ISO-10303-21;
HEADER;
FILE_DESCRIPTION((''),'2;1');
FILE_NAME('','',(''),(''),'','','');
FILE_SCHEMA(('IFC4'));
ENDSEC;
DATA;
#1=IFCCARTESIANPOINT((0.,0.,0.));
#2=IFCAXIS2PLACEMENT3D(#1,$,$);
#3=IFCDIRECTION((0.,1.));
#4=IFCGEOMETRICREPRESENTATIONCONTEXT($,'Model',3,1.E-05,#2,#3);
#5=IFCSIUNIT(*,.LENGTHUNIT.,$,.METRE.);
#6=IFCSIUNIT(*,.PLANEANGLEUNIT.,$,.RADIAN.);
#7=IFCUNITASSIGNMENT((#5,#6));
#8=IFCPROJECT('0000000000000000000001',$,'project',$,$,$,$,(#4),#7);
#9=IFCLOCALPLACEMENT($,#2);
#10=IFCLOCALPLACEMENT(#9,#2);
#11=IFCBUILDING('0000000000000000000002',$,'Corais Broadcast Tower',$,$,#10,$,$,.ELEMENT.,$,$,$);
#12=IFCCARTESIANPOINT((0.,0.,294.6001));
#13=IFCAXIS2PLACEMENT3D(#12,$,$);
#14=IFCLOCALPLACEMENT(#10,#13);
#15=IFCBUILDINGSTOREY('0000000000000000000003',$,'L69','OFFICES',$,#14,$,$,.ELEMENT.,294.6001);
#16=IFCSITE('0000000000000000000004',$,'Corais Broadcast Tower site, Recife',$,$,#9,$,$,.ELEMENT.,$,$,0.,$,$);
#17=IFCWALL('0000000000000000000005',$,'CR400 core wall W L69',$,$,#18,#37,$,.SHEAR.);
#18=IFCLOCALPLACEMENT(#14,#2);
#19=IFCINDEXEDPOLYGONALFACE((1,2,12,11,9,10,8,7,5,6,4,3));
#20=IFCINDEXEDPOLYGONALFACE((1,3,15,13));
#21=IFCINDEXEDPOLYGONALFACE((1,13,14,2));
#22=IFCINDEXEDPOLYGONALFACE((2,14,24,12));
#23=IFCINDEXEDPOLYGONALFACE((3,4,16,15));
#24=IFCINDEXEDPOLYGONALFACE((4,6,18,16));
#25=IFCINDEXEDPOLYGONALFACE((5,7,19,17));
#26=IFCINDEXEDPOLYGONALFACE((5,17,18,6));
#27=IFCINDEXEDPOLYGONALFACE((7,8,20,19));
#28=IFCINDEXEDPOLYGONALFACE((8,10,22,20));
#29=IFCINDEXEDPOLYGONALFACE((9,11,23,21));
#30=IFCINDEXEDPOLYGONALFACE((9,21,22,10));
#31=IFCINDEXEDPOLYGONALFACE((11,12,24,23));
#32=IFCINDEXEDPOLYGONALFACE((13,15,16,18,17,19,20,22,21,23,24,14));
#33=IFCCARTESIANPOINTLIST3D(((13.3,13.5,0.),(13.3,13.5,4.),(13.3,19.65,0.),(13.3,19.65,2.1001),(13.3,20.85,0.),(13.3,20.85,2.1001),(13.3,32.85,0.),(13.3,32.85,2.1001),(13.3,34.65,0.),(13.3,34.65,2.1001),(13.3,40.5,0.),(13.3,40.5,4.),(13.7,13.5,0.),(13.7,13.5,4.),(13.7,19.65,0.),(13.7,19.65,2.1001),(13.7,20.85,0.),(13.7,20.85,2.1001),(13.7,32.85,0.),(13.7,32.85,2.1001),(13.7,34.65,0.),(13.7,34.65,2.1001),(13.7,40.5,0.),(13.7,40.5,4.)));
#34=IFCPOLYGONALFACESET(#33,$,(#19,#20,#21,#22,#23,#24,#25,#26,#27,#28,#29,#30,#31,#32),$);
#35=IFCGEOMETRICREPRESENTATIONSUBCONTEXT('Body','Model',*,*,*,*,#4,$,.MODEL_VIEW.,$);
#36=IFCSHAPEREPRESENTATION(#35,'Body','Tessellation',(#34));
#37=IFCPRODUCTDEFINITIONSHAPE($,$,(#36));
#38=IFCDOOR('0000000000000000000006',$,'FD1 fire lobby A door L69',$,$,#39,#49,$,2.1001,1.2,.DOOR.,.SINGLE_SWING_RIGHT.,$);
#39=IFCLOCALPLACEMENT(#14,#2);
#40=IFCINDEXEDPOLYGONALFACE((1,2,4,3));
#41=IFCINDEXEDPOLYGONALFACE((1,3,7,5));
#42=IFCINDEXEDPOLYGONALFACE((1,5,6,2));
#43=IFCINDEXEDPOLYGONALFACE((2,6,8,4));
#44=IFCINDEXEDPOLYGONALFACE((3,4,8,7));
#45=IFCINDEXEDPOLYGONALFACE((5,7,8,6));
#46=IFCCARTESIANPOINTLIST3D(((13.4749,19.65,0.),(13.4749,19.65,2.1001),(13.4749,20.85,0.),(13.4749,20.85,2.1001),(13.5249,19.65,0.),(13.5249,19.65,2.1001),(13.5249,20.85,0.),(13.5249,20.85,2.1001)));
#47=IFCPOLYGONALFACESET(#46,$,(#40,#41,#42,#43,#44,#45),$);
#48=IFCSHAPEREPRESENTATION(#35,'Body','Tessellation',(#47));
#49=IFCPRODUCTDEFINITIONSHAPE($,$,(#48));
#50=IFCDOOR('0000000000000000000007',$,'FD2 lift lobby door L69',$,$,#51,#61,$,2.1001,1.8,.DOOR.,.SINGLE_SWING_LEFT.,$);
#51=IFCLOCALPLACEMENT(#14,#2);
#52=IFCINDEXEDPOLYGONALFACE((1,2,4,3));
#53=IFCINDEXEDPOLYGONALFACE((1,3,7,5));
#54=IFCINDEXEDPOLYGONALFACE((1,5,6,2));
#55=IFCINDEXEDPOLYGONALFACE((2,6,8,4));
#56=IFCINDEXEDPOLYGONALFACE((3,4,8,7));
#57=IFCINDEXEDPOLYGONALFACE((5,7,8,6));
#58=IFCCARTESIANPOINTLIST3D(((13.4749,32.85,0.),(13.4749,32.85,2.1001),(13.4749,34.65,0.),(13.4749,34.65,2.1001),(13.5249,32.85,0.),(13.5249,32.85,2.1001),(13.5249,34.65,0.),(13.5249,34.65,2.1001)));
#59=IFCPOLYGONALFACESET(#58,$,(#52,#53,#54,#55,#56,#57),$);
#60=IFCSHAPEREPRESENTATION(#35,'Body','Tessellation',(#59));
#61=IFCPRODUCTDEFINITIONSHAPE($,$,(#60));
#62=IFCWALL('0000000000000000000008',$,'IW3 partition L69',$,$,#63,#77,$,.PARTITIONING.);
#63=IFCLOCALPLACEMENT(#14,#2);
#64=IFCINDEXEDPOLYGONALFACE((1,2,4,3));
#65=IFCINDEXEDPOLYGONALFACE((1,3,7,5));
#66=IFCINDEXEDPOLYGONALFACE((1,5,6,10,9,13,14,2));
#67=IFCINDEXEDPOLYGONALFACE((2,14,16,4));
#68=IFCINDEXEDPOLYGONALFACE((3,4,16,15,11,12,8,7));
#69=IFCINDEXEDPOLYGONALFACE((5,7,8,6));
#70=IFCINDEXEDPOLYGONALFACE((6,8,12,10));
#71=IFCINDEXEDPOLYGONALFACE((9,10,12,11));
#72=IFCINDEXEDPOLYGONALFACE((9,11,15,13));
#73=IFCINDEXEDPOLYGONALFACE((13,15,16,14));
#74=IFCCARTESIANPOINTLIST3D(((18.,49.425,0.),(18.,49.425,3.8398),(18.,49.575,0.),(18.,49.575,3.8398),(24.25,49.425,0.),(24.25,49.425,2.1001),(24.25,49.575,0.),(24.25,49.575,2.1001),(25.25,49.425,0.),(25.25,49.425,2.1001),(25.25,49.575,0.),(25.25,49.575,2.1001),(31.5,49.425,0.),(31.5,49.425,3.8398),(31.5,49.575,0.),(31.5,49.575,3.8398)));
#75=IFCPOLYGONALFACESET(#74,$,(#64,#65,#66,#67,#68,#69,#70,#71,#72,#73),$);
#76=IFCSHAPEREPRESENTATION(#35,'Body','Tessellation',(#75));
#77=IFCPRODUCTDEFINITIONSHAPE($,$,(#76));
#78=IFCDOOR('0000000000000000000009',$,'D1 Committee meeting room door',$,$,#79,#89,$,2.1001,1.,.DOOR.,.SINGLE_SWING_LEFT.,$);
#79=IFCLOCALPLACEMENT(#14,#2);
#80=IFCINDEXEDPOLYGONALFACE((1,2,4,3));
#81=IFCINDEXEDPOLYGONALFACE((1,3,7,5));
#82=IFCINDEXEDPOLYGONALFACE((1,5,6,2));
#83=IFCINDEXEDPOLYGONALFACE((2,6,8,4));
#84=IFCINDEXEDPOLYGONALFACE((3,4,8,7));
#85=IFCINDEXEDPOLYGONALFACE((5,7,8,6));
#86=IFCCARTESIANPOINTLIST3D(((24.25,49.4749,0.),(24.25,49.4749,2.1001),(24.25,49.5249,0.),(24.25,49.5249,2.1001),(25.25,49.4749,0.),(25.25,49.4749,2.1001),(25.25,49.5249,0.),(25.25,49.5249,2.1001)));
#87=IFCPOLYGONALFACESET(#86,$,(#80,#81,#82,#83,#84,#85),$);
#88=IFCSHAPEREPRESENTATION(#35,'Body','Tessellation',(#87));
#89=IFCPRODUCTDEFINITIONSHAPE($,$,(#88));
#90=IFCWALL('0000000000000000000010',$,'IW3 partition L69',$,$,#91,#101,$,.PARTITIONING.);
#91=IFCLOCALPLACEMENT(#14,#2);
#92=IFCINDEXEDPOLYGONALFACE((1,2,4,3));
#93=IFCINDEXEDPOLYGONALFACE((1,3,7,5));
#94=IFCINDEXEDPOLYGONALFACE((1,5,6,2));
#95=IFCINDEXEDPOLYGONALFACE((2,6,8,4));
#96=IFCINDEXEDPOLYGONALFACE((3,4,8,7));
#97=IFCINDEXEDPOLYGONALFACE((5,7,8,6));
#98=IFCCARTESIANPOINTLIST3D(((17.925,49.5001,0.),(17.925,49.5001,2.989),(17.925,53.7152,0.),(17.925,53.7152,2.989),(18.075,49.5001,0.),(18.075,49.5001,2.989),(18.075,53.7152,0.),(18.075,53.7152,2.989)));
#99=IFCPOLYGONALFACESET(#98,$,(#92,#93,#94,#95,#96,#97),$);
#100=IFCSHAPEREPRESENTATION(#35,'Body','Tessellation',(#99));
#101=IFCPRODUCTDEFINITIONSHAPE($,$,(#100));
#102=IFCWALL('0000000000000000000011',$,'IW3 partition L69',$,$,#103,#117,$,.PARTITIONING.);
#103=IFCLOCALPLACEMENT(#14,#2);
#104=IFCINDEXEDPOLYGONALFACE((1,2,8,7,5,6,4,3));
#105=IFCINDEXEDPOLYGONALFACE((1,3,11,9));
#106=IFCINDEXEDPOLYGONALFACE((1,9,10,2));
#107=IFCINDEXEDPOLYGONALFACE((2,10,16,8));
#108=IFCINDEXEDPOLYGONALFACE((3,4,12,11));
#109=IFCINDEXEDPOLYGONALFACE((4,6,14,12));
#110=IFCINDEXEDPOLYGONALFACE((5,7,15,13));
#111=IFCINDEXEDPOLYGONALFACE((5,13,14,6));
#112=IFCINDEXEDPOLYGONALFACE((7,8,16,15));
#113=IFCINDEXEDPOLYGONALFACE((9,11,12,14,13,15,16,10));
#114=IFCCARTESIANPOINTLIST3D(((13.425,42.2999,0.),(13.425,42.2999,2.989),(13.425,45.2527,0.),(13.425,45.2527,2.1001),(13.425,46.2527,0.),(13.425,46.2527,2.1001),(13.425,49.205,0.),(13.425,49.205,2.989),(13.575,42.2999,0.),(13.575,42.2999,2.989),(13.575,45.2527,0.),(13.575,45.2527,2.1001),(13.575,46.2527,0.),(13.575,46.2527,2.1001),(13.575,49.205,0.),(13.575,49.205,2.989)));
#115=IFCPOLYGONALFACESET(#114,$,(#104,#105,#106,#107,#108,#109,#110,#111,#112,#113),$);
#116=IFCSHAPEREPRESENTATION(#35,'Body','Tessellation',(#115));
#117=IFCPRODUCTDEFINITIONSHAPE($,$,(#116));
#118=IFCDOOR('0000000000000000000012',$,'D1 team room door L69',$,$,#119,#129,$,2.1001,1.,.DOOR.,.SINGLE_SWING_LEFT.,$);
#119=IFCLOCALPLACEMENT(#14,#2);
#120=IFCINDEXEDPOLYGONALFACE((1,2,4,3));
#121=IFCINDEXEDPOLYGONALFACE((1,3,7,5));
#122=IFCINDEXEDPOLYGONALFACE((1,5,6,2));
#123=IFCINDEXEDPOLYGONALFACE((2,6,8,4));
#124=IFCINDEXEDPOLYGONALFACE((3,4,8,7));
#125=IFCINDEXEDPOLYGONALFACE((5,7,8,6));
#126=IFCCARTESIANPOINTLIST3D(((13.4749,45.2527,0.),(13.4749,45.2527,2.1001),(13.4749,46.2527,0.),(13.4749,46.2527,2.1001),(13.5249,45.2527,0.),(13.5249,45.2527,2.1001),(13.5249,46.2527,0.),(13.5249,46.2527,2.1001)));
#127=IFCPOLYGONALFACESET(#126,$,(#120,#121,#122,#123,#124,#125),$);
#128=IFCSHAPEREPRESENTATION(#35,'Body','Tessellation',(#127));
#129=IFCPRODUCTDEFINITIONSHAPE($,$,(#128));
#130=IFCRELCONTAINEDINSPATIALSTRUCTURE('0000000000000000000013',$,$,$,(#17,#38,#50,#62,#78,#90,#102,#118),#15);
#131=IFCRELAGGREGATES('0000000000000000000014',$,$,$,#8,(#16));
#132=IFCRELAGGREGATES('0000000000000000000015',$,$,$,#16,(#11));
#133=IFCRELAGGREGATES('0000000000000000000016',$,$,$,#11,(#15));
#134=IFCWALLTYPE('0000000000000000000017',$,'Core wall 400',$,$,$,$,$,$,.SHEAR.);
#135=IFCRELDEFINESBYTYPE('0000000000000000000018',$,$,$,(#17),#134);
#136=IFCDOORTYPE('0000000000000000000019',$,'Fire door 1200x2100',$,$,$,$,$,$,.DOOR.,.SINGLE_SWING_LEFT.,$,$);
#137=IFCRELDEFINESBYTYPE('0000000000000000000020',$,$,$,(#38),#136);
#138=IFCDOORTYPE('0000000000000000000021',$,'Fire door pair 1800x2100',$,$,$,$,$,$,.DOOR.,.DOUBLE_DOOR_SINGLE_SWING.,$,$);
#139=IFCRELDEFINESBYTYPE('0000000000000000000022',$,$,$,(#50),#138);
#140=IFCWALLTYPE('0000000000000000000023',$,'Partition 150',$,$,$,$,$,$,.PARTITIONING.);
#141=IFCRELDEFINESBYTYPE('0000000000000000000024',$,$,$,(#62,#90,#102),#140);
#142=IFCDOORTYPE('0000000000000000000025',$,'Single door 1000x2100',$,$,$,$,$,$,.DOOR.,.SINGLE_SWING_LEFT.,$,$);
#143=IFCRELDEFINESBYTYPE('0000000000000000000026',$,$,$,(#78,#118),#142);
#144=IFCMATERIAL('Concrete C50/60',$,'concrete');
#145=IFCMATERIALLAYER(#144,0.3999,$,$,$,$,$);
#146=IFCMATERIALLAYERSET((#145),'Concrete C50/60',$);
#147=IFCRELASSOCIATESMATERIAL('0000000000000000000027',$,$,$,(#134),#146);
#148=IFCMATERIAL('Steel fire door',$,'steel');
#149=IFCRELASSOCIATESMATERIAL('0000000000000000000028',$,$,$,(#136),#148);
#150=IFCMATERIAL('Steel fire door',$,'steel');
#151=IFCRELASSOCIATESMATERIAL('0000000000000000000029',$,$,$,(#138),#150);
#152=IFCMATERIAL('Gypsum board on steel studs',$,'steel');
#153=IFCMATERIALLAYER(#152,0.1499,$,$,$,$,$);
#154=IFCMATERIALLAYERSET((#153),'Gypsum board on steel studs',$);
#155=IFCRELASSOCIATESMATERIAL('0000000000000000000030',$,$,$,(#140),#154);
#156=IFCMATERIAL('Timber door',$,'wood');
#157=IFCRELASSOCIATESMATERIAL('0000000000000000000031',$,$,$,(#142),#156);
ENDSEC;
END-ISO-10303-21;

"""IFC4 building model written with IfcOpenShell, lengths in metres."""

from ifc_helpers import new_model, si_unit, direction, frame, frame_2d, origin, place, context, subcontext, project, spatial, rectangle, extrude, material, layer, layer_set, type_object, element, fill, save


model = new_model("IFC4")

# Units and contexts
model_context = context("Model", 3, precision=1e-05, world=origin(), true_north=direction((0.0, 1.0)))
body_context = subcontext(model_context, "Body", "Model", "MODEL_VIEW")
ifc_project = project(units=[si_unit("LENGTHUNIT", "METRE"), si_unit("PLANEANGLEUNIT", "RADIAN")], contexts=[model_context])

# Site, building, storey
site_placement = place(None, origin())
site = spatial("IfcSite", under=ifc_project, at=site_placement, Name="Corais Broadcast Tower site, Recife", CompositionType="ELEMENT", RefElevation=0.0)
building_placement = place(site_placement, origin())
building = spatial("IfcBuilding", under=site, at=building_placement, Name="Corais Broadcast Tower", CompositionType="ELEMENT")
storey_placement = place(building_placement, frame((0.0, 0.0, 294.6001)))
storey = spatial("IfcBuildingStorey", under=building, at=storey_placement, Name="L69", Description="OFFICES", CompositionType="ELEMENT", Elevation=294.6001)

# Wall, openings, doors
ifc_material_1 = material(Name="Concrete C50/60", Category="concrete")
ifc_layer_1 = layer(ifc_material_1, 0.3999)
ifc_layer_set_1 = layer_set([ifc_layer_1], Name="Concrete C50/60")
wall_type_1 = type_object("IfcWallType", Name="Core wall 400", PredefinedType="SHEAR", material=ifc_layer_set_1)
wall_1_placement = place(storey_placement, frame((13.5, 40.5, 0.0), z_axis=(0.0, 0.0, 1.0), x_axis=(0.0, -1.0, 0.0)))
wall_1 = element("IfcWall", 1, at=wall_1_placement, inside=storey, type_object=wall_type_1, Name="CR400 core wall W L69", PredefinedType="SHEAR", context=body_context, shape_type="SweptSolid", body=[
    extrude(rectangle(XDim=27.0, YDim=0.3999, at=frame_2d((13.5, 0.0))), origin(), (0.0, 0.0, 1.0), 4.0),
])
opening_1_placement = place(wall_1_placement, frame((19.6499, 0.0, 0.0)))
opening_1 = element("IfcOpeningElement", 2, at=opening_1_placement, cuts=wall_1, PredefinedType="OPENING", context=body_context, shape_type="SweptSolid", body=[
    extrude(rectangle(XDim=1.2, YDim=2.1001, at=frame_2d((0.6001, 1.05))), frame((0.0, 0.21, 0.0), z_axis=(0.0, -1.0, 0.0), x_axis=(1.0, 0.0, 0.0)), (0.0, 0.0, 1.0), 0.4199),
])
opening_2_placement = place(wall_1_placement, frame((5.8501, 0.0, 0.0)))
opening_2 = element("IfcOpeningElement", 3, at=opening_2_placement, cuts=wall_1, PredefinedType="OPENING", context=body_context, shape_type="SweptSolid", body=[
    extrude(rectangle(XDim=1.8, YDim=2.1001, at=frame_2d((0.8999, 1.05))), frame((0.0, 0.21, 0.0), z_axis=(0.0, -1.0, 0.0), x_axis=(1.0, 0.0, 0.0)), (0.0, 0.0, 1.0), 0.4199),
])
ifc_material_2 = material(Name="Steel fire door", Category="steel")
door_type_1 = type_object("IfcDoorType", Name="Fire door 1200x2100", OperationType="SINGLE_SWING_LEFT", PredefinedType="DOOR", material=ifc_material_2)
door_1_placement = place(opening_1_placement, origin())
door_1 = element("IfcDoor", 4, at=door_1_placement, inside=storey, type_object=door_type_1, Name="FD1 fire lobby A door L69", OperationType="SINGLE_SWING_RIGHT", OverallHeight=2.1001, OverallWidth=1.2, PredefinedType="DOOR", context=body_context, shape_type="SweptSolid", body=[
    extrude(rectangle(XDim=1.2, YDim=2.1001, at=frame_2d((0.6001, 1.05))), frame((0.0, 0.0249, 0.0), z_axis=(0.0, -1.0, 0.0), x_axis=(1.0, 0.0, 0.0)), (0.0, 0.0, 1.0), 0.05),
])
fill(opening_1, door_1)
ifc_material_3 = material(Name="Steel fire door", Category="steel")
door_type_2 = type_object("IfcDoorType", Name="Fire door pair 1800x2100", OperationType="DOUBLE_DOOR_SINGLE_SWING", PredefinedType="DOOR", material=ifc_material_3)
door_2_placement = place(opening_2_placement, origin())
door_2 = element("IfcDoor", 5, at=door_2_placement, inside=storey, type_object=door_type_2, Name="FD2 lift lobby door L69", OperationType="SINGLE_SWING_LEFT", OverallHeight=2.1001, OverallWidth=1.8, PredefinedType="DOOR", context=body_context, shape_type="SweptSolid", body=[
    extrude(rectangle(XDim=1.8, YDim=2.1001, at=frame_2d((0.8999, 1.05))), frame((0.0, 0.0249, 0.0), z_axis=(0.0, -1.0, 0.0), x_axis=(1.0, 0.0, 0.0)), (0.0, 0.0, 1.0), 0.05),
])
fill(opening_2, door_2)

# Wall, opening, door
ifc_material_4 = material(Name="Gypsum board on steel studs", Category="steel")
ifc_layer_2 = layer(ifc_material_4, 0.1499)
ifc_layer_set_2 = layer_set([ifc_layer_2], Name="Gypsum board on steel studs")
wall_type_2 = type_object("IfcWallType", Name="Partition 150", PredefinedType="PARTITIONING", material=ifc_layer_set_2)
wall_2_placement = place(storey_placement, frame((18.0, 49.5, 0.0), z_axis=(0.0, 0.0, 1.0), x_axis=(1.0, 0.0, 0.0)))
wall_2 = element("IfcWall", 6, at=wall_2_placement, inside=storey, type_object=wall_type_2, Name="IW3 partition L69", PredefinedType="PARTITIONING", context=body_context, shape_type="SweptSolid", body=[
    extrude(rectangle(XDim=13.5, YDim=0.1499, at=frame_2d((6.75, 0.0))), origin(), (0.0, 0.0, 1.0), 3.8398),
])
opening_3_placement = place(wall_2_placement, frame((6.25, 0.0, 0.0)))
opening_3 = element("IfcOpeningElement", 7, at=opening_3_placement, cuts=wall_2, PredefinedType="OPENING", context=body_context, shape_type="SweptSolid", body=[
    extrude(rectangle(XDim=1.0, YDim=2.1001, at=frame_2d((0.5, 1.05))), frame((0.0, 0.085, 0.0), z_axis=(0.0, -1.0, 0.0), x_axis=(1.0, 0.0, 0.0)), (0.0, 0.0, 1.0), 0.1699),
])
ifc_material_5 = material(Name="Timber door", Category="wood")
door_type_3 = type_object("IfcDoorType", Name="Single door 1000x2100", OperationType="SINGLE_SWING_LEFT", PredefinedType="DOOR", material=ifc_material_5)
door_3_placement = place(opening_3_placement, origin())
door_3 = element("IfcDoor", 8, at=door_3_placement, inside=storey, type_object=door_type_3, Name="D1 Committee meeting room door", OperationType="SINGLE_SWING_LEFT", OverallHeight=2.1001, OverallWidth=1.0, PredefinedType="DOOR", context=body_context, shape_type="SweptSolid", body=[
    extrude(rectangle(XDim=1.0, YDim=2.1001, at=frame_2d((0.5, 1.05))), frame((0.0, 0.0249, 0.0), z_axis=(0.0, -1.0, 0.0), x_axis=(1.0, 0.0, 0.0)), (0.0, 0.0, 1.0), 0.05),
])
fill(opening_3, door_3)

# Wall
wall_3_placement = place(storey_placement, frame((18.0, 53.7151, 0.0), z_axis=(0.0, 0.0, 1.0), x_axis=(0.0, -1.0, 0.0)))
element("IfcWall", 9, at=wall_3_placement, inside=storey, type_object=wall_type_2, Name="IW3 partition L69", PredefinedType="PARTITIONING", context=body_context, shape_type="SweptSolid", body=[
    extrude(rectangle(XDim=4.2151, YDim=0.1499, at=frame_2d((2.1074, 0.0))), origin(), (0.0, 0.0, 1.0), 2.989),
])

# Wall, opening, door
wall_4_placement = place(storey_placement, frame((13.5, 49.2051, 0.0), z_axis=(0.0, 0.0, 1.0), x_axis=(0.0, -1.0, 0.0)))
wall_4 = element("IfcWall", 10, at=wall_4_placement, inside=storey, type_object=wall_type_2, Name="IW3 partition L69", PredefinedType="PARTITIONING", context=body_context, shape_type="SweptSolid", body=[
    extrude(rectangle(XDim=6.905, YDim=0.1499, at=frame_2d((3.4526, 0.0))), origin(), (0.0, 0.0, 1.0), 2.989),
])
opening_4_placement = place(wall_4_placement, frame((2.9524, 0.0, 0.0)))
opening_4 = element("IfcOpeningElement", 11, at=opening_4_placement, cuts=wall_4, PredefinedType="OPENING", context=body_context, shape_type="SweptSolid", body=[
    extrude(rectangle(XDim=1.0, YDim=2.1001, at=frame_2d((0.5, 1.05))), frame((0.0, 0.085, 0.0), z_axis=(0.0, -1.0, 0.0), x_axis=(1.0, 0.0, 0.0)), (0.0, 0.0, 1.0), 0.1699),
])
door_4_placement = place(opening_4_placement, origin())
door_4 = element("IfcDoor", 12, at=door_4_placement, inside=storey, type_object=door_type_3, Name="D1 team room door L69", OperationType="SINGLE_SWING_LEFT", OverallHeight=2.1001, OverallWidth=1.0, PredefinedType="DOOR", context=body_context, shape_type="SweptSolid", body=[
    extrude(rectangle(XDim=1.0, YDim=2.1001, at=frame_2d((0.5, 1.05))), frame((0.0, 0.0249, 0.0), z_axis=(0.0, -1.0, 0.0), x_axis=(1.0, 0.0, 0.0)), (0.0, 0.0, 1.0), 0.05),
])
fill(opening_4, door_4)

save(model, "model.ifc")
